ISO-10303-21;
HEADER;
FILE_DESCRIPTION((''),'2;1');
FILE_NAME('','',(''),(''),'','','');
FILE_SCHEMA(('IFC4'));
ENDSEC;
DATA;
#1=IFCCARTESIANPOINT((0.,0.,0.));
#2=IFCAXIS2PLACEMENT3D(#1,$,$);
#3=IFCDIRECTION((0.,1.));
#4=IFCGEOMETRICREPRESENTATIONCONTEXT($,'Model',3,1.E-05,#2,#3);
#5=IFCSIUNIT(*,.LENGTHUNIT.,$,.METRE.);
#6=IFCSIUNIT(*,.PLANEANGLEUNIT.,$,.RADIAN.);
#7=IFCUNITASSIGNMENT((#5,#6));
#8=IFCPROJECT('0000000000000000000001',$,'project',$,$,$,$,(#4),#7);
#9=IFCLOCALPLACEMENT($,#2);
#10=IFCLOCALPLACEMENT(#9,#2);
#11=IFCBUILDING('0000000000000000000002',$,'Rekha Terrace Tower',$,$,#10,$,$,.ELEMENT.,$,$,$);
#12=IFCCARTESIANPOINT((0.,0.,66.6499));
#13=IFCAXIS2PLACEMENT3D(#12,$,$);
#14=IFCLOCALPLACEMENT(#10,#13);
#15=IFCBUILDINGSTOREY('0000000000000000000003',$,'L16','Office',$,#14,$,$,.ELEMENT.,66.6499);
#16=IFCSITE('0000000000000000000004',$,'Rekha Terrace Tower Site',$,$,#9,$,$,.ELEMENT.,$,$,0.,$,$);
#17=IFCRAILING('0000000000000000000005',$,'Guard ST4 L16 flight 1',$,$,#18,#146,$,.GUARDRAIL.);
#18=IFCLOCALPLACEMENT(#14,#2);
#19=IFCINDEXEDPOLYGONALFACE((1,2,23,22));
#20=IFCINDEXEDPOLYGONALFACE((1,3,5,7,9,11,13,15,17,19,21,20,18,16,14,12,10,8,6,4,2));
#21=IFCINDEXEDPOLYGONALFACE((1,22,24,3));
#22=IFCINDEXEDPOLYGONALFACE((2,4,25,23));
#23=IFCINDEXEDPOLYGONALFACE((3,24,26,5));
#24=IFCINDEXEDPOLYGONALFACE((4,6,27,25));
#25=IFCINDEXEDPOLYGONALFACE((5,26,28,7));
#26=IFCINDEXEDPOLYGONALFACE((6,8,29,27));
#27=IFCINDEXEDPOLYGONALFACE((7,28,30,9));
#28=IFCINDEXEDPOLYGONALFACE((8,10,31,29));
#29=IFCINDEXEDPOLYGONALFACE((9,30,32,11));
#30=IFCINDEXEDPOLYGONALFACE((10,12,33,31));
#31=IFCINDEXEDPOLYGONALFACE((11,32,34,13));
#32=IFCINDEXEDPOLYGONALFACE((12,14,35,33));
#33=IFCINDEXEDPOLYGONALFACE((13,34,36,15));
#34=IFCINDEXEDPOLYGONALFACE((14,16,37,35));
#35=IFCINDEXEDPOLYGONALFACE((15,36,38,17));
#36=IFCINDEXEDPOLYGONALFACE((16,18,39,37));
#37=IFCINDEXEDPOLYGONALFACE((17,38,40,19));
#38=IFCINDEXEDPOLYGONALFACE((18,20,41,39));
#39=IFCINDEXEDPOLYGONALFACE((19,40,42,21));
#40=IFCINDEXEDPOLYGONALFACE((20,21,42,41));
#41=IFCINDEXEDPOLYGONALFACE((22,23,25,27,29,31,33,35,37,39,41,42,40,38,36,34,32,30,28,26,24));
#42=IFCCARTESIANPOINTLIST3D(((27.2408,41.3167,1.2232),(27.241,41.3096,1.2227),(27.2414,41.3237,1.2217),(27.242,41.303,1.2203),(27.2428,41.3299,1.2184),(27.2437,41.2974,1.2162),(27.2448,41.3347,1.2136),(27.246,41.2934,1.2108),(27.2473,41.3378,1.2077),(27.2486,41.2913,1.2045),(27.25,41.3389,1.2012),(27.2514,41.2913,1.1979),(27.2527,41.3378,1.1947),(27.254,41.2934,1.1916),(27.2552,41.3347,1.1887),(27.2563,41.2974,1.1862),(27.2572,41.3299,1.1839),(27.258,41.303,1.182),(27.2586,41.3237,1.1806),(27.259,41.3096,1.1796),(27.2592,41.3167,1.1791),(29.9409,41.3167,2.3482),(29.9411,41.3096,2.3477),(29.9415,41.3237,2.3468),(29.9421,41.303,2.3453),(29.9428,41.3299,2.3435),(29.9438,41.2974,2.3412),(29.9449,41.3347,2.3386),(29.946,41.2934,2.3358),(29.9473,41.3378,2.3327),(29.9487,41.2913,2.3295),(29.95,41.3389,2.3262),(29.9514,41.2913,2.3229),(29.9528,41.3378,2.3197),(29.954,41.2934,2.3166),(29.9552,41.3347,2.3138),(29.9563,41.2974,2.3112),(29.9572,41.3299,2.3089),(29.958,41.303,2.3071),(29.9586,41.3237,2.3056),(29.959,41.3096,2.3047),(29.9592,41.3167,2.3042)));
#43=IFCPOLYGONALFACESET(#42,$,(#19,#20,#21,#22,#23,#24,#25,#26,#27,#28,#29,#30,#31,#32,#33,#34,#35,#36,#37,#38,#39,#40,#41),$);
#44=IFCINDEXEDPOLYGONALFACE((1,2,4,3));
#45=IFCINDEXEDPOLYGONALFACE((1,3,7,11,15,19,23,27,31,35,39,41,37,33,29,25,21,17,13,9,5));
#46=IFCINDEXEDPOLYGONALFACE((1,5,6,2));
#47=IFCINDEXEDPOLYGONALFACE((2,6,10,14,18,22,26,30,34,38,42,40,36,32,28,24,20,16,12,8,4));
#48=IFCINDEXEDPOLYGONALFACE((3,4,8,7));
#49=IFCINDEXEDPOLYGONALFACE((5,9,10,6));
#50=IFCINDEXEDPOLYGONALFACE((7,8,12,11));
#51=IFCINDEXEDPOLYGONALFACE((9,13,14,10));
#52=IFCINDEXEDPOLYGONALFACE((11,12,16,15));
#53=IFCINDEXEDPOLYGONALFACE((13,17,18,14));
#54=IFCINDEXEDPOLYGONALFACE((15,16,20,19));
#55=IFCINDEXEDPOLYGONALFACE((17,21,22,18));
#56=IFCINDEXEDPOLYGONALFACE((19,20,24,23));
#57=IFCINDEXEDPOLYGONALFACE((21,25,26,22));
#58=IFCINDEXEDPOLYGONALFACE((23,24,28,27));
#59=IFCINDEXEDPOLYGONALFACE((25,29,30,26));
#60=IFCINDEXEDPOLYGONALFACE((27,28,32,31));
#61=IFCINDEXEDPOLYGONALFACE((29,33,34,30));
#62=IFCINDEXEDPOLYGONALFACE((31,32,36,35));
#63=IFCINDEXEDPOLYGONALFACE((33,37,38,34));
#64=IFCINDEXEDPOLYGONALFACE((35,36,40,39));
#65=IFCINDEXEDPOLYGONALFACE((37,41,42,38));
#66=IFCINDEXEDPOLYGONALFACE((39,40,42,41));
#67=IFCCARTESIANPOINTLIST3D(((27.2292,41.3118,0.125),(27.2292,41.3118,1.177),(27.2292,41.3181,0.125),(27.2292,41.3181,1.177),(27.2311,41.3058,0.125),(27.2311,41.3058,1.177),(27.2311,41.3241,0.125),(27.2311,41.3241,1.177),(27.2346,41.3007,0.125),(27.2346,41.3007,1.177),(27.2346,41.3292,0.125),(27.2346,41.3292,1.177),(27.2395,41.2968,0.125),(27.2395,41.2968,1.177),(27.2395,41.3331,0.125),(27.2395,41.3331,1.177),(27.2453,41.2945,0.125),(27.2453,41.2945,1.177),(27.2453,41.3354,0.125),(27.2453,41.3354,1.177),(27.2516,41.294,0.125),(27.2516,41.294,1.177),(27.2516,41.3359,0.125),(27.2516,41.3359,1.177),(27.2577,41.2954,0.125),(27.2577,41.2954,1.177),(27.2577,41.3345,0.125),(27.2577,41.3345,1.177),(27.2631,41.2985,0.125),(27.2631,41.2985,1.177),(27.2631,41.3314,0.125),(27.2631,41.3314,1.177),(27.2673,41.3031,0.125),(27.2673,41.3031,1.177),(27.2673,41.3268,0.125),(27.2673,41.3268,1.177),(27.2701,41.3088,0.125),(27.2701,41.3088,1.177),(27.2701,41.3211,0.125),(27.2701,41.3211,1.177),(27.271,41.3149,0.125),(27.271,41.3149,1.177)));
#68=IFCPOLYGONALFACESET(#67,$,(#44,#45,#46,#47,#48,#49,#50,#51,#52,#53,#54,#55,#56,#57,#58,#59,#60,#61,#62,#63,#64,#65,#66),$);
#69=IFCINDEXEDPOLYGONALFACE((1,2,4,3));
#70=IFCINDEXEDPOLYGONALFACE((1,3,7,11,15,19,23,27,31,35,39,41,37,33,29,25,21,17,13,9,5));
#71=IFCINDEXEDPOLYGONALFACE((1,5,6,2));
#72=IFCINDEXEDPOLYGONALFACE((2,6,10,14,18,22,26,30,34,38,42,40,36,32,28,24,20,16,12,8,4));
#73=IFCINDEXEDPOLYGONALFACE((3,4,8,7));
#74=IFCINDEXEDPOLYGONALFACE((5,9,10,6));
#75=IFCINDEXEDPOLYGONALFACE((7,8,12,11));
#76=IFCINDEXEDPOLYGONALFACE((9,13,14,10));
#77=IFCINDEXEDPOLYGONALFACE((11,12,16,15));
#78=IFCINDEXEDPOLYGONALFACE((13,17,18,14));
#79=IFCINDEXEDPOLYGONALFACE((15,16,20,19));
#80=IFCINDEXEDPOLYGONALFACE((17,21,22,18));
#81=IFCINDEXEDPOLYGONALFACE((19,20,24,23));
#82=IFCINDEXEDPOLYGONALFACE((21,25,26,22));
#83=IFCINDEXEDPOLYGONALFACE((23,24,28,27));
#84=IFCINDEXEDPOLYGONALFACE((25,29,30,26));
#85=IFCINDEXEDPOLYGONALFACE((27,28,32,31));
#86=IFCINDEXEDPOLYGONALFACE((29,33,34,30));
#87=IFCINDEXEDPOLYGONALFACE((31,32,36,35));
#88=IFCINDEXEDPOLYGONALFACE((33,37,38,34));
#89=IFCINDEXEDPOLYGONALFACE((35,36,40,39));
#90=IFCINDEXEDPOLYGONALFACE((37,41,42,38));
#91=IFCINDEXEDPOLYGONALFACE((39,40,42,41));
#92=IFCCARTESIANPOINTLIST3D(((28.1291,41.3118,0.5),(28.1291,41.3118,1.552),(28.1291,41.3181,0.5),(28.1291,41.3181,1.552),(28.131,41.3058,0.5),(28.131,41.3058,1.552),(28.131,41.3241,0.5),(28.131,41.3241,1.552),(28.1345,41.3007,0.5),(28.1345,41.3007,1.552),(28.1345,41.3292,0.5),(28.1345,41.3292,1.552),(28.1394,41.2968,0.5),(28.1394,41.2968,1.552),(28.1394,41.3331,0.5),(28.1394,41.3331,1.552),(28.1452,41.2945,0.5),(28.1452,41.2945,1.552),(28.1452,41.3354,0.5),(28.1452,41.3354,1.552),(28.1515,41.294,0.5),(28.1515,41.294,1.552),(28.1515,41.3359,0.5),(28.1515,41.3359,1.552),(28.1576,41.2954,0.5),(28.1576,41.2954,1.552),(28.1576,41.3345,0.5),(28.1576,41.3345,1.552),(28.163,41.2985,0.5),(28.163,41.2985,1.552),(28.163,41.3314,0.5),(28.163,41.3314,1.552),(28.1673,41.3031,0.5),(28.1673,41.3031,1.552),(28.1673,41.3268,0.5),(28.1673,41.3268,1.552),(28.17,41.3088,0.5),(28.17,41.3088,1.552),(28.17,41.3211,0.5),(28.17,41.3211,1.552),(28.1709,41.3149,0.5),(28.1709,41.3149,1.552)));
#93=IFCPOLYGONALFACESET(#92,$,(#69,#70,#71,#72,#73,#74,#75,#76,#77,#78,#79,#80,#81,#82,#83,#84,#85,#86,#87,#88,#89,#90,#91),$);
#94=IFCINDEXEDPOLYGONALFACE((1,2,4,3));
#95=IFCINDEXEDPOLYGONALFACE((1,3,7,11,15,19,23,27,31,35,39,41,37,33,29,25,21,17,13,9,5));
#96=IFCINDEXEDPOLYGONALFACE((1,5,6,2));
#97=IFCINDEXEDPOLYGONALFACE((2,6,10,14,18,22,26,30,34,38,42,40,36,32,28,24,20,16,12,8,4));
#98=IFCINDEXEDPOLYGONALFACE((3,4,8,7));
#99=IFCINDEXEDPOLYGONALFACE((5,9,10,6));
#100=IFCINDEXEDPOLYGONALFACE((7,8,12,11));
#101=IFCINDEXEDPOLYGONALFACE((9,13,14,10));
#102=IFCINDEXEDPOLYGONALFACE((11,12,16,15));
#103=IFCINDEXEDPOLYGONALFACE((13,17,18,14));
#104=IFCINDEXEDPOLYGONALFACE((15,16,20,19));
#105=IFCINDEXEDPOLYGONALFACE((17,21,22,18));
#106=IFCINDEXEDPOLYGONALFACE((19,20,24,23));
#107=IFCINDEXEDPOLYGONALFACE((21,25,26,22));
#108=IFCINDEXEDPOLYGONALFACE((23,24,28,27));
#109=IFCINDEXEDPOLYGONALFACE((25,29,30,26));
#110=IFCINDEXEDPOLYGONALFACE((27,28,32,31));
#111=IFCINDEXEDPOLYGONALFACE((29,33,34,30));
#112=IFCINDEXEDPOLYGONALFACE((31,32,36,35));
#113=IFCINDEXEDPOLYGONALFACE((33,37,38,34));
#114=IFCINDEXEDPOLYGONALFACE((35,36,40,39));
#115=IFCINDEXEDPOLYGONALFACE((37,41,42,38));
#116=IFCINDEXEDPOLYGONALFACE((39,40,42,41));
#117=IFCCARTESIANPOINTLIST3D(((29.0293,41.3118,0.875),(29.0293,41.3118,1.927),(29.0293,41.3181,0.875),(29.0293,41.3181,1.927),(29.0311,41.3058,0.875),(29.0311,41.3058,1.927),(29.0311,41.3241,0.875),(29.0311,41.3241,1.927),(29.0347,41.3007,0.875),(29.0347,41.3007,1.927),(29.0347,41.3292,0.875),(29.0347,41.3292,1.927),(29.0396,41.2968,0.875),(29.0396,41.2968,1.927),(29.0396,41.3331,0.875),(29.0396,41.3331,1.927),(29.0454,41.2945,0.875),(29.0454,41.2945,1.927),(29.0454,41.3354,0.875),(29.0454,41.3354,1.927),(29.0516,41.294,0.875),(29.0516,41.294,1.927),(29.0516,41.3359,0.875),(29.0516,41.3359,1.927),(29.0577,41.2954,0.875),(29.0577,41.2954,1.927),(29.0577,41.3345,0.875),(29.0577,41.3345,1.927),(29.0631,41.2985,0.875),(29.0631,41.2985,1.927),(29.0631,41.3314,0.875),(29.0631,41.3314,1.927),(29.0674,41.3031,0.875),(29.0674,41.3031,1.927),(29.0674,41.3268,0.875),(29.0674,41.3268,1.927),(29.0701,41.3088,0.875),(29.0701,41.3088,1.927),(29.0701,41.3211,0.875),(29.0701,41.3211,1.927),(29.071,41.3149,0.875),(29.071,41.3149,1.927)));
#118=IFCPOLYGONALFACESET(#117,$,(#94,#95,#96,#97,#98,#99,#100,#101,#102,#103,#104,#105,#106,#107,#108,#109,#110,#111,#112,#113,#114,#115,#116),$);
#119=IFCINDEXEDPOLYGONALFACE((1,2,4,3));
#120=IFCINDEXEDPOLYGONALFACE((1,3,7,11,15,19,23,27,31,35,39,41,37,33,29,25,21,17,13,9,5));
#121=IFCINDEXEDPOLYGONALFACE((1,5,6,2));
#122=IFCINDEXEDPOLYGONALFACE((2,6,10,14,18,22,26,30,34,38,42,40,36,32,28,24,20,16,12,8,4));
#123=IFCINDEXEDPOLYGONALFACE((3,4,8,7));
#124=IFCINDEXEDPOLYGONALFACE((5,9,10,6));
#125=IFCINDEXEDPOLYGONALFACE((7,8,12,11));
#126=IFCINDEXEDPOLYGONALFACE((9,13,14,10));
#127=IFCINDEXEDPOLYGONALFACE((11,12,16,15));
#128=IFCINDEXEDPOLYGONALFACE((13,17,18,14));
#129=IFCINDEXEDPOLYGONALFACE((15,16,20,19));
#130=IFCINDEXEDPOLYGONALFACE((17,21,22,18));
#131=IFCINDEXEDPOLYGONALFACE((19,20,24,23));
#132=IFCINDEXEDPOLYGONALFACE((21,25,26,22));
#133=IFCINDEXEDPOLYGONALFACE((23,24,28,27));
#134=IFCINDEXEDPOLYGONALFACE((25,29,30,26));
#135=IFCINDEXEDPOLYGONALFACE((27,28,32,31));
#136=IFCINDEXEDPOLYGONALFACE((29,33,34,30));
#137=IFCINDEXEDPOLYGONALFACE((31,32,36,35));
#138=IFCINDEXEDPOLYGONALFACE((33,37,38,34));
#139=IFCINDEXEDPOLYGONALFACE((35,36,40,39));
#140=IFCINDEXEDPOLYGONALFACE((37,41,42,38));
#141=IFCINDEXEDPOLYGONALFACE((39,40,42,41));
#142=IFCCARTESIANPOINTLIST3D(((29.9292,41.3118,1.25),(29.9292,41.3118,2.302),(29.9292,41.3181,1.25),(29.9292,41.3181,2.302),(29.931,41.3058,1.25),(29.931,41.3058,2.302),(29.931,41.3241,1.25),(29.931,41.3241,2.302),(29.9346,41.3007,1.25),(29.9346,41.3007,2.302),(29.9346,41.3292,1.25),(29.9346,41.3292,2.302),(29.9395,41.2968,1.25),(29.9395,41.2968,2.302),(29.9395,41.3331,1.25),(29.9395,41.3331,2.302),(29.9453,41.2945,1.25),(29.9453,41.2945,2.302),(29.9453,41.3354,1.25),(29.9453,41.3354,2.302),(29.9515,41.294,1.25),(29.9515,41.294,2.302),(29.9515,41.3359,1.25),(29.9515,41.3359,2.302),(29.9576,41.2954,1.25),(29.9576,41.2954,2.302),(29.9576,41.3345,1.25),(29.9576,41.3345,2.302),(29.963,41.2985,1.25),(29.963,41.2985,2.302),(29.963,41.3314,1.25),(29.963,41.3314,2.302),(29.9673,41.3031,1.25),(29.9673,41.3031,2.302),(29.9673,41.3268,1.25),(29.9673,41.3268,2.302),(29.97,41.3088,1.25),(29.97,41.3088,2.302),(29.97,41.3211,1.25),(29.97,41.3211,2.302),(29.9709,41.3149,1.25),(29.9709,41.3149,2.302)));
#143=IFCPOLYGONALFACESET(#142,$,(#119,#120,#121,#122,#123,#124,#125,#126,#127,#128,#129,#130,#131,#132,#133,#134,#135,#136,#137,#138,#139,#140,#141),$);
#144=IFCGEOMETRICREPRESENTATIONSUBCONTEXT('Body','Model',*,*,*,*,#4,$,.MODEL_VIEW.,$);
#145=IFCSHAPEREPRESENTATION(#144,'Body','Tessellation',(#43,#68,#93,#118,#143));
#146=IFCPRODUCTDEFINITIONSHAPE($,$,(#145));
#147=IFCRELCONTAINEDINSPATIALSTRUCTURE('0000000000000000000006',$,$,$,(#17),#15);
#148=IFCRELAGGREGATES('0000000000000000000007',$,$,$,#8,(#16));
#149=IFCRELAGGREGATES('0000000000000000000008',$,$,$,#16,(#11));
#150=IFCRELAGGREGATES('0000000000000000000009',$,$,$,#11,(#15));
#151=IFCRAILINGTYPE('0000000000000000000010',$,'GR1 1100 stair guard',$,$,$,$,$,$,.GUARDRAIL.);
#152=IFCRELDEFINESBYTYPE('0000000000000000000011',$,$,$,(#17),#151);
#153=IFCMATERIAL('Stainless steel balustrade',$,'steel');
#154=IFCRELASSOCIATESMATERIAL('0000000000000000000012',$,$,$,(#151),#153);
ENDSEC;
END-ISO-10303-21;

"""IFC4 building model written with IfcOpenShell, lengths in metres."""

from ifc_helpers import new_model, si_unit, direction, frame, origin, origin_2d, place, context, subcontext, project, spatial, circle, extrude, material, type_object, element, save


model = new_model("IFC4")

# Units and contexts
model_context = context("Model", 3, precision=1e-05, world=origin(), true_north=direction((0.0, 1.0)))
body_context = subcontext(model_context, "Body", "Model", "MODEL_VIEW")
ifc_project = project(units=[si_unit("LENGTHUNIT", "METRE"), si_unit("PLANEANGLEUNIT", "RADIAN")], contexts=[model_context])

# Site, building, storey
site_placement = place(None, origin())
site = spatial("IfcSite", under=ifc_project, at=site_placement, Name="Rekha Terrace Tower Site", CompositionType="ELEMENT", RefElevation=0.0)
building_placement = place(site_placement, origin())
building = spatial("IfcBuilding", under=site, at=building_placement, Name="Rekha Terrace Tower", CompositionType="ELEMENT")
storey_placement = place(building_placement, frame((0.0, 0.0, 66.6499)))
storey = spatial("IfcBuildingStorey", under=building, at=storey_placement, Name="L16", Description="Office", CompositionType="ELEMENT", Elevation=66.6499)

# Railing
ifc_material_1 = material(Name="Stainless steel balustrade", Category="steel")
railing_type_1 = type_object("IfcRailingType", Name="GR1 1100 stair guard", PredefinedType="GUARDRAIL", material=ifc_material_1)
railing_1_placement = place(storey_placement, frame((27.25, 41.3149, 0.125)))
element("IfcRailing", 1, at=railing_1_placement, inside=storey, type_object=railing_type_1, Name="Guard ST4 L16 flight 1", PredefinedType="GUARDRAIL", context=body_context, shape_type="SweptSolid", body=[
    extrude(circle(Radius=0.0239, at=origin_2d()), frame((0.0, 0.0, 1.0762), z_axis=(0.923074, 0.0, 0.384621), x_axis=(0.0, 1.0, 0.0)), (0.0, 0.0, 1.0), 2.925),
    extrude(circle(Radius=0.021, at=origin_2d()), origin(), (0.0, 0.0, 1.0), 1.052),
    extrude(circle(Radius=0.021, at=origin_2d()), frame((0.8999, 0.0, 0.375)), (0.0, 0.0, 1.0), 1.052),
    extrude(circle(Radius=0.021, at=origin_2d()), frame((1.8, 0.0, 0.75)), (0.0, 0.0, 1.0), 1.052),
    extrude(circle(Radius=0.021, at=origin_2d()), frame((2.7, 0.0, 1.125)), (0.0, 0.0, 1.0), 1.052),
])

save(model, "model.ifc")
